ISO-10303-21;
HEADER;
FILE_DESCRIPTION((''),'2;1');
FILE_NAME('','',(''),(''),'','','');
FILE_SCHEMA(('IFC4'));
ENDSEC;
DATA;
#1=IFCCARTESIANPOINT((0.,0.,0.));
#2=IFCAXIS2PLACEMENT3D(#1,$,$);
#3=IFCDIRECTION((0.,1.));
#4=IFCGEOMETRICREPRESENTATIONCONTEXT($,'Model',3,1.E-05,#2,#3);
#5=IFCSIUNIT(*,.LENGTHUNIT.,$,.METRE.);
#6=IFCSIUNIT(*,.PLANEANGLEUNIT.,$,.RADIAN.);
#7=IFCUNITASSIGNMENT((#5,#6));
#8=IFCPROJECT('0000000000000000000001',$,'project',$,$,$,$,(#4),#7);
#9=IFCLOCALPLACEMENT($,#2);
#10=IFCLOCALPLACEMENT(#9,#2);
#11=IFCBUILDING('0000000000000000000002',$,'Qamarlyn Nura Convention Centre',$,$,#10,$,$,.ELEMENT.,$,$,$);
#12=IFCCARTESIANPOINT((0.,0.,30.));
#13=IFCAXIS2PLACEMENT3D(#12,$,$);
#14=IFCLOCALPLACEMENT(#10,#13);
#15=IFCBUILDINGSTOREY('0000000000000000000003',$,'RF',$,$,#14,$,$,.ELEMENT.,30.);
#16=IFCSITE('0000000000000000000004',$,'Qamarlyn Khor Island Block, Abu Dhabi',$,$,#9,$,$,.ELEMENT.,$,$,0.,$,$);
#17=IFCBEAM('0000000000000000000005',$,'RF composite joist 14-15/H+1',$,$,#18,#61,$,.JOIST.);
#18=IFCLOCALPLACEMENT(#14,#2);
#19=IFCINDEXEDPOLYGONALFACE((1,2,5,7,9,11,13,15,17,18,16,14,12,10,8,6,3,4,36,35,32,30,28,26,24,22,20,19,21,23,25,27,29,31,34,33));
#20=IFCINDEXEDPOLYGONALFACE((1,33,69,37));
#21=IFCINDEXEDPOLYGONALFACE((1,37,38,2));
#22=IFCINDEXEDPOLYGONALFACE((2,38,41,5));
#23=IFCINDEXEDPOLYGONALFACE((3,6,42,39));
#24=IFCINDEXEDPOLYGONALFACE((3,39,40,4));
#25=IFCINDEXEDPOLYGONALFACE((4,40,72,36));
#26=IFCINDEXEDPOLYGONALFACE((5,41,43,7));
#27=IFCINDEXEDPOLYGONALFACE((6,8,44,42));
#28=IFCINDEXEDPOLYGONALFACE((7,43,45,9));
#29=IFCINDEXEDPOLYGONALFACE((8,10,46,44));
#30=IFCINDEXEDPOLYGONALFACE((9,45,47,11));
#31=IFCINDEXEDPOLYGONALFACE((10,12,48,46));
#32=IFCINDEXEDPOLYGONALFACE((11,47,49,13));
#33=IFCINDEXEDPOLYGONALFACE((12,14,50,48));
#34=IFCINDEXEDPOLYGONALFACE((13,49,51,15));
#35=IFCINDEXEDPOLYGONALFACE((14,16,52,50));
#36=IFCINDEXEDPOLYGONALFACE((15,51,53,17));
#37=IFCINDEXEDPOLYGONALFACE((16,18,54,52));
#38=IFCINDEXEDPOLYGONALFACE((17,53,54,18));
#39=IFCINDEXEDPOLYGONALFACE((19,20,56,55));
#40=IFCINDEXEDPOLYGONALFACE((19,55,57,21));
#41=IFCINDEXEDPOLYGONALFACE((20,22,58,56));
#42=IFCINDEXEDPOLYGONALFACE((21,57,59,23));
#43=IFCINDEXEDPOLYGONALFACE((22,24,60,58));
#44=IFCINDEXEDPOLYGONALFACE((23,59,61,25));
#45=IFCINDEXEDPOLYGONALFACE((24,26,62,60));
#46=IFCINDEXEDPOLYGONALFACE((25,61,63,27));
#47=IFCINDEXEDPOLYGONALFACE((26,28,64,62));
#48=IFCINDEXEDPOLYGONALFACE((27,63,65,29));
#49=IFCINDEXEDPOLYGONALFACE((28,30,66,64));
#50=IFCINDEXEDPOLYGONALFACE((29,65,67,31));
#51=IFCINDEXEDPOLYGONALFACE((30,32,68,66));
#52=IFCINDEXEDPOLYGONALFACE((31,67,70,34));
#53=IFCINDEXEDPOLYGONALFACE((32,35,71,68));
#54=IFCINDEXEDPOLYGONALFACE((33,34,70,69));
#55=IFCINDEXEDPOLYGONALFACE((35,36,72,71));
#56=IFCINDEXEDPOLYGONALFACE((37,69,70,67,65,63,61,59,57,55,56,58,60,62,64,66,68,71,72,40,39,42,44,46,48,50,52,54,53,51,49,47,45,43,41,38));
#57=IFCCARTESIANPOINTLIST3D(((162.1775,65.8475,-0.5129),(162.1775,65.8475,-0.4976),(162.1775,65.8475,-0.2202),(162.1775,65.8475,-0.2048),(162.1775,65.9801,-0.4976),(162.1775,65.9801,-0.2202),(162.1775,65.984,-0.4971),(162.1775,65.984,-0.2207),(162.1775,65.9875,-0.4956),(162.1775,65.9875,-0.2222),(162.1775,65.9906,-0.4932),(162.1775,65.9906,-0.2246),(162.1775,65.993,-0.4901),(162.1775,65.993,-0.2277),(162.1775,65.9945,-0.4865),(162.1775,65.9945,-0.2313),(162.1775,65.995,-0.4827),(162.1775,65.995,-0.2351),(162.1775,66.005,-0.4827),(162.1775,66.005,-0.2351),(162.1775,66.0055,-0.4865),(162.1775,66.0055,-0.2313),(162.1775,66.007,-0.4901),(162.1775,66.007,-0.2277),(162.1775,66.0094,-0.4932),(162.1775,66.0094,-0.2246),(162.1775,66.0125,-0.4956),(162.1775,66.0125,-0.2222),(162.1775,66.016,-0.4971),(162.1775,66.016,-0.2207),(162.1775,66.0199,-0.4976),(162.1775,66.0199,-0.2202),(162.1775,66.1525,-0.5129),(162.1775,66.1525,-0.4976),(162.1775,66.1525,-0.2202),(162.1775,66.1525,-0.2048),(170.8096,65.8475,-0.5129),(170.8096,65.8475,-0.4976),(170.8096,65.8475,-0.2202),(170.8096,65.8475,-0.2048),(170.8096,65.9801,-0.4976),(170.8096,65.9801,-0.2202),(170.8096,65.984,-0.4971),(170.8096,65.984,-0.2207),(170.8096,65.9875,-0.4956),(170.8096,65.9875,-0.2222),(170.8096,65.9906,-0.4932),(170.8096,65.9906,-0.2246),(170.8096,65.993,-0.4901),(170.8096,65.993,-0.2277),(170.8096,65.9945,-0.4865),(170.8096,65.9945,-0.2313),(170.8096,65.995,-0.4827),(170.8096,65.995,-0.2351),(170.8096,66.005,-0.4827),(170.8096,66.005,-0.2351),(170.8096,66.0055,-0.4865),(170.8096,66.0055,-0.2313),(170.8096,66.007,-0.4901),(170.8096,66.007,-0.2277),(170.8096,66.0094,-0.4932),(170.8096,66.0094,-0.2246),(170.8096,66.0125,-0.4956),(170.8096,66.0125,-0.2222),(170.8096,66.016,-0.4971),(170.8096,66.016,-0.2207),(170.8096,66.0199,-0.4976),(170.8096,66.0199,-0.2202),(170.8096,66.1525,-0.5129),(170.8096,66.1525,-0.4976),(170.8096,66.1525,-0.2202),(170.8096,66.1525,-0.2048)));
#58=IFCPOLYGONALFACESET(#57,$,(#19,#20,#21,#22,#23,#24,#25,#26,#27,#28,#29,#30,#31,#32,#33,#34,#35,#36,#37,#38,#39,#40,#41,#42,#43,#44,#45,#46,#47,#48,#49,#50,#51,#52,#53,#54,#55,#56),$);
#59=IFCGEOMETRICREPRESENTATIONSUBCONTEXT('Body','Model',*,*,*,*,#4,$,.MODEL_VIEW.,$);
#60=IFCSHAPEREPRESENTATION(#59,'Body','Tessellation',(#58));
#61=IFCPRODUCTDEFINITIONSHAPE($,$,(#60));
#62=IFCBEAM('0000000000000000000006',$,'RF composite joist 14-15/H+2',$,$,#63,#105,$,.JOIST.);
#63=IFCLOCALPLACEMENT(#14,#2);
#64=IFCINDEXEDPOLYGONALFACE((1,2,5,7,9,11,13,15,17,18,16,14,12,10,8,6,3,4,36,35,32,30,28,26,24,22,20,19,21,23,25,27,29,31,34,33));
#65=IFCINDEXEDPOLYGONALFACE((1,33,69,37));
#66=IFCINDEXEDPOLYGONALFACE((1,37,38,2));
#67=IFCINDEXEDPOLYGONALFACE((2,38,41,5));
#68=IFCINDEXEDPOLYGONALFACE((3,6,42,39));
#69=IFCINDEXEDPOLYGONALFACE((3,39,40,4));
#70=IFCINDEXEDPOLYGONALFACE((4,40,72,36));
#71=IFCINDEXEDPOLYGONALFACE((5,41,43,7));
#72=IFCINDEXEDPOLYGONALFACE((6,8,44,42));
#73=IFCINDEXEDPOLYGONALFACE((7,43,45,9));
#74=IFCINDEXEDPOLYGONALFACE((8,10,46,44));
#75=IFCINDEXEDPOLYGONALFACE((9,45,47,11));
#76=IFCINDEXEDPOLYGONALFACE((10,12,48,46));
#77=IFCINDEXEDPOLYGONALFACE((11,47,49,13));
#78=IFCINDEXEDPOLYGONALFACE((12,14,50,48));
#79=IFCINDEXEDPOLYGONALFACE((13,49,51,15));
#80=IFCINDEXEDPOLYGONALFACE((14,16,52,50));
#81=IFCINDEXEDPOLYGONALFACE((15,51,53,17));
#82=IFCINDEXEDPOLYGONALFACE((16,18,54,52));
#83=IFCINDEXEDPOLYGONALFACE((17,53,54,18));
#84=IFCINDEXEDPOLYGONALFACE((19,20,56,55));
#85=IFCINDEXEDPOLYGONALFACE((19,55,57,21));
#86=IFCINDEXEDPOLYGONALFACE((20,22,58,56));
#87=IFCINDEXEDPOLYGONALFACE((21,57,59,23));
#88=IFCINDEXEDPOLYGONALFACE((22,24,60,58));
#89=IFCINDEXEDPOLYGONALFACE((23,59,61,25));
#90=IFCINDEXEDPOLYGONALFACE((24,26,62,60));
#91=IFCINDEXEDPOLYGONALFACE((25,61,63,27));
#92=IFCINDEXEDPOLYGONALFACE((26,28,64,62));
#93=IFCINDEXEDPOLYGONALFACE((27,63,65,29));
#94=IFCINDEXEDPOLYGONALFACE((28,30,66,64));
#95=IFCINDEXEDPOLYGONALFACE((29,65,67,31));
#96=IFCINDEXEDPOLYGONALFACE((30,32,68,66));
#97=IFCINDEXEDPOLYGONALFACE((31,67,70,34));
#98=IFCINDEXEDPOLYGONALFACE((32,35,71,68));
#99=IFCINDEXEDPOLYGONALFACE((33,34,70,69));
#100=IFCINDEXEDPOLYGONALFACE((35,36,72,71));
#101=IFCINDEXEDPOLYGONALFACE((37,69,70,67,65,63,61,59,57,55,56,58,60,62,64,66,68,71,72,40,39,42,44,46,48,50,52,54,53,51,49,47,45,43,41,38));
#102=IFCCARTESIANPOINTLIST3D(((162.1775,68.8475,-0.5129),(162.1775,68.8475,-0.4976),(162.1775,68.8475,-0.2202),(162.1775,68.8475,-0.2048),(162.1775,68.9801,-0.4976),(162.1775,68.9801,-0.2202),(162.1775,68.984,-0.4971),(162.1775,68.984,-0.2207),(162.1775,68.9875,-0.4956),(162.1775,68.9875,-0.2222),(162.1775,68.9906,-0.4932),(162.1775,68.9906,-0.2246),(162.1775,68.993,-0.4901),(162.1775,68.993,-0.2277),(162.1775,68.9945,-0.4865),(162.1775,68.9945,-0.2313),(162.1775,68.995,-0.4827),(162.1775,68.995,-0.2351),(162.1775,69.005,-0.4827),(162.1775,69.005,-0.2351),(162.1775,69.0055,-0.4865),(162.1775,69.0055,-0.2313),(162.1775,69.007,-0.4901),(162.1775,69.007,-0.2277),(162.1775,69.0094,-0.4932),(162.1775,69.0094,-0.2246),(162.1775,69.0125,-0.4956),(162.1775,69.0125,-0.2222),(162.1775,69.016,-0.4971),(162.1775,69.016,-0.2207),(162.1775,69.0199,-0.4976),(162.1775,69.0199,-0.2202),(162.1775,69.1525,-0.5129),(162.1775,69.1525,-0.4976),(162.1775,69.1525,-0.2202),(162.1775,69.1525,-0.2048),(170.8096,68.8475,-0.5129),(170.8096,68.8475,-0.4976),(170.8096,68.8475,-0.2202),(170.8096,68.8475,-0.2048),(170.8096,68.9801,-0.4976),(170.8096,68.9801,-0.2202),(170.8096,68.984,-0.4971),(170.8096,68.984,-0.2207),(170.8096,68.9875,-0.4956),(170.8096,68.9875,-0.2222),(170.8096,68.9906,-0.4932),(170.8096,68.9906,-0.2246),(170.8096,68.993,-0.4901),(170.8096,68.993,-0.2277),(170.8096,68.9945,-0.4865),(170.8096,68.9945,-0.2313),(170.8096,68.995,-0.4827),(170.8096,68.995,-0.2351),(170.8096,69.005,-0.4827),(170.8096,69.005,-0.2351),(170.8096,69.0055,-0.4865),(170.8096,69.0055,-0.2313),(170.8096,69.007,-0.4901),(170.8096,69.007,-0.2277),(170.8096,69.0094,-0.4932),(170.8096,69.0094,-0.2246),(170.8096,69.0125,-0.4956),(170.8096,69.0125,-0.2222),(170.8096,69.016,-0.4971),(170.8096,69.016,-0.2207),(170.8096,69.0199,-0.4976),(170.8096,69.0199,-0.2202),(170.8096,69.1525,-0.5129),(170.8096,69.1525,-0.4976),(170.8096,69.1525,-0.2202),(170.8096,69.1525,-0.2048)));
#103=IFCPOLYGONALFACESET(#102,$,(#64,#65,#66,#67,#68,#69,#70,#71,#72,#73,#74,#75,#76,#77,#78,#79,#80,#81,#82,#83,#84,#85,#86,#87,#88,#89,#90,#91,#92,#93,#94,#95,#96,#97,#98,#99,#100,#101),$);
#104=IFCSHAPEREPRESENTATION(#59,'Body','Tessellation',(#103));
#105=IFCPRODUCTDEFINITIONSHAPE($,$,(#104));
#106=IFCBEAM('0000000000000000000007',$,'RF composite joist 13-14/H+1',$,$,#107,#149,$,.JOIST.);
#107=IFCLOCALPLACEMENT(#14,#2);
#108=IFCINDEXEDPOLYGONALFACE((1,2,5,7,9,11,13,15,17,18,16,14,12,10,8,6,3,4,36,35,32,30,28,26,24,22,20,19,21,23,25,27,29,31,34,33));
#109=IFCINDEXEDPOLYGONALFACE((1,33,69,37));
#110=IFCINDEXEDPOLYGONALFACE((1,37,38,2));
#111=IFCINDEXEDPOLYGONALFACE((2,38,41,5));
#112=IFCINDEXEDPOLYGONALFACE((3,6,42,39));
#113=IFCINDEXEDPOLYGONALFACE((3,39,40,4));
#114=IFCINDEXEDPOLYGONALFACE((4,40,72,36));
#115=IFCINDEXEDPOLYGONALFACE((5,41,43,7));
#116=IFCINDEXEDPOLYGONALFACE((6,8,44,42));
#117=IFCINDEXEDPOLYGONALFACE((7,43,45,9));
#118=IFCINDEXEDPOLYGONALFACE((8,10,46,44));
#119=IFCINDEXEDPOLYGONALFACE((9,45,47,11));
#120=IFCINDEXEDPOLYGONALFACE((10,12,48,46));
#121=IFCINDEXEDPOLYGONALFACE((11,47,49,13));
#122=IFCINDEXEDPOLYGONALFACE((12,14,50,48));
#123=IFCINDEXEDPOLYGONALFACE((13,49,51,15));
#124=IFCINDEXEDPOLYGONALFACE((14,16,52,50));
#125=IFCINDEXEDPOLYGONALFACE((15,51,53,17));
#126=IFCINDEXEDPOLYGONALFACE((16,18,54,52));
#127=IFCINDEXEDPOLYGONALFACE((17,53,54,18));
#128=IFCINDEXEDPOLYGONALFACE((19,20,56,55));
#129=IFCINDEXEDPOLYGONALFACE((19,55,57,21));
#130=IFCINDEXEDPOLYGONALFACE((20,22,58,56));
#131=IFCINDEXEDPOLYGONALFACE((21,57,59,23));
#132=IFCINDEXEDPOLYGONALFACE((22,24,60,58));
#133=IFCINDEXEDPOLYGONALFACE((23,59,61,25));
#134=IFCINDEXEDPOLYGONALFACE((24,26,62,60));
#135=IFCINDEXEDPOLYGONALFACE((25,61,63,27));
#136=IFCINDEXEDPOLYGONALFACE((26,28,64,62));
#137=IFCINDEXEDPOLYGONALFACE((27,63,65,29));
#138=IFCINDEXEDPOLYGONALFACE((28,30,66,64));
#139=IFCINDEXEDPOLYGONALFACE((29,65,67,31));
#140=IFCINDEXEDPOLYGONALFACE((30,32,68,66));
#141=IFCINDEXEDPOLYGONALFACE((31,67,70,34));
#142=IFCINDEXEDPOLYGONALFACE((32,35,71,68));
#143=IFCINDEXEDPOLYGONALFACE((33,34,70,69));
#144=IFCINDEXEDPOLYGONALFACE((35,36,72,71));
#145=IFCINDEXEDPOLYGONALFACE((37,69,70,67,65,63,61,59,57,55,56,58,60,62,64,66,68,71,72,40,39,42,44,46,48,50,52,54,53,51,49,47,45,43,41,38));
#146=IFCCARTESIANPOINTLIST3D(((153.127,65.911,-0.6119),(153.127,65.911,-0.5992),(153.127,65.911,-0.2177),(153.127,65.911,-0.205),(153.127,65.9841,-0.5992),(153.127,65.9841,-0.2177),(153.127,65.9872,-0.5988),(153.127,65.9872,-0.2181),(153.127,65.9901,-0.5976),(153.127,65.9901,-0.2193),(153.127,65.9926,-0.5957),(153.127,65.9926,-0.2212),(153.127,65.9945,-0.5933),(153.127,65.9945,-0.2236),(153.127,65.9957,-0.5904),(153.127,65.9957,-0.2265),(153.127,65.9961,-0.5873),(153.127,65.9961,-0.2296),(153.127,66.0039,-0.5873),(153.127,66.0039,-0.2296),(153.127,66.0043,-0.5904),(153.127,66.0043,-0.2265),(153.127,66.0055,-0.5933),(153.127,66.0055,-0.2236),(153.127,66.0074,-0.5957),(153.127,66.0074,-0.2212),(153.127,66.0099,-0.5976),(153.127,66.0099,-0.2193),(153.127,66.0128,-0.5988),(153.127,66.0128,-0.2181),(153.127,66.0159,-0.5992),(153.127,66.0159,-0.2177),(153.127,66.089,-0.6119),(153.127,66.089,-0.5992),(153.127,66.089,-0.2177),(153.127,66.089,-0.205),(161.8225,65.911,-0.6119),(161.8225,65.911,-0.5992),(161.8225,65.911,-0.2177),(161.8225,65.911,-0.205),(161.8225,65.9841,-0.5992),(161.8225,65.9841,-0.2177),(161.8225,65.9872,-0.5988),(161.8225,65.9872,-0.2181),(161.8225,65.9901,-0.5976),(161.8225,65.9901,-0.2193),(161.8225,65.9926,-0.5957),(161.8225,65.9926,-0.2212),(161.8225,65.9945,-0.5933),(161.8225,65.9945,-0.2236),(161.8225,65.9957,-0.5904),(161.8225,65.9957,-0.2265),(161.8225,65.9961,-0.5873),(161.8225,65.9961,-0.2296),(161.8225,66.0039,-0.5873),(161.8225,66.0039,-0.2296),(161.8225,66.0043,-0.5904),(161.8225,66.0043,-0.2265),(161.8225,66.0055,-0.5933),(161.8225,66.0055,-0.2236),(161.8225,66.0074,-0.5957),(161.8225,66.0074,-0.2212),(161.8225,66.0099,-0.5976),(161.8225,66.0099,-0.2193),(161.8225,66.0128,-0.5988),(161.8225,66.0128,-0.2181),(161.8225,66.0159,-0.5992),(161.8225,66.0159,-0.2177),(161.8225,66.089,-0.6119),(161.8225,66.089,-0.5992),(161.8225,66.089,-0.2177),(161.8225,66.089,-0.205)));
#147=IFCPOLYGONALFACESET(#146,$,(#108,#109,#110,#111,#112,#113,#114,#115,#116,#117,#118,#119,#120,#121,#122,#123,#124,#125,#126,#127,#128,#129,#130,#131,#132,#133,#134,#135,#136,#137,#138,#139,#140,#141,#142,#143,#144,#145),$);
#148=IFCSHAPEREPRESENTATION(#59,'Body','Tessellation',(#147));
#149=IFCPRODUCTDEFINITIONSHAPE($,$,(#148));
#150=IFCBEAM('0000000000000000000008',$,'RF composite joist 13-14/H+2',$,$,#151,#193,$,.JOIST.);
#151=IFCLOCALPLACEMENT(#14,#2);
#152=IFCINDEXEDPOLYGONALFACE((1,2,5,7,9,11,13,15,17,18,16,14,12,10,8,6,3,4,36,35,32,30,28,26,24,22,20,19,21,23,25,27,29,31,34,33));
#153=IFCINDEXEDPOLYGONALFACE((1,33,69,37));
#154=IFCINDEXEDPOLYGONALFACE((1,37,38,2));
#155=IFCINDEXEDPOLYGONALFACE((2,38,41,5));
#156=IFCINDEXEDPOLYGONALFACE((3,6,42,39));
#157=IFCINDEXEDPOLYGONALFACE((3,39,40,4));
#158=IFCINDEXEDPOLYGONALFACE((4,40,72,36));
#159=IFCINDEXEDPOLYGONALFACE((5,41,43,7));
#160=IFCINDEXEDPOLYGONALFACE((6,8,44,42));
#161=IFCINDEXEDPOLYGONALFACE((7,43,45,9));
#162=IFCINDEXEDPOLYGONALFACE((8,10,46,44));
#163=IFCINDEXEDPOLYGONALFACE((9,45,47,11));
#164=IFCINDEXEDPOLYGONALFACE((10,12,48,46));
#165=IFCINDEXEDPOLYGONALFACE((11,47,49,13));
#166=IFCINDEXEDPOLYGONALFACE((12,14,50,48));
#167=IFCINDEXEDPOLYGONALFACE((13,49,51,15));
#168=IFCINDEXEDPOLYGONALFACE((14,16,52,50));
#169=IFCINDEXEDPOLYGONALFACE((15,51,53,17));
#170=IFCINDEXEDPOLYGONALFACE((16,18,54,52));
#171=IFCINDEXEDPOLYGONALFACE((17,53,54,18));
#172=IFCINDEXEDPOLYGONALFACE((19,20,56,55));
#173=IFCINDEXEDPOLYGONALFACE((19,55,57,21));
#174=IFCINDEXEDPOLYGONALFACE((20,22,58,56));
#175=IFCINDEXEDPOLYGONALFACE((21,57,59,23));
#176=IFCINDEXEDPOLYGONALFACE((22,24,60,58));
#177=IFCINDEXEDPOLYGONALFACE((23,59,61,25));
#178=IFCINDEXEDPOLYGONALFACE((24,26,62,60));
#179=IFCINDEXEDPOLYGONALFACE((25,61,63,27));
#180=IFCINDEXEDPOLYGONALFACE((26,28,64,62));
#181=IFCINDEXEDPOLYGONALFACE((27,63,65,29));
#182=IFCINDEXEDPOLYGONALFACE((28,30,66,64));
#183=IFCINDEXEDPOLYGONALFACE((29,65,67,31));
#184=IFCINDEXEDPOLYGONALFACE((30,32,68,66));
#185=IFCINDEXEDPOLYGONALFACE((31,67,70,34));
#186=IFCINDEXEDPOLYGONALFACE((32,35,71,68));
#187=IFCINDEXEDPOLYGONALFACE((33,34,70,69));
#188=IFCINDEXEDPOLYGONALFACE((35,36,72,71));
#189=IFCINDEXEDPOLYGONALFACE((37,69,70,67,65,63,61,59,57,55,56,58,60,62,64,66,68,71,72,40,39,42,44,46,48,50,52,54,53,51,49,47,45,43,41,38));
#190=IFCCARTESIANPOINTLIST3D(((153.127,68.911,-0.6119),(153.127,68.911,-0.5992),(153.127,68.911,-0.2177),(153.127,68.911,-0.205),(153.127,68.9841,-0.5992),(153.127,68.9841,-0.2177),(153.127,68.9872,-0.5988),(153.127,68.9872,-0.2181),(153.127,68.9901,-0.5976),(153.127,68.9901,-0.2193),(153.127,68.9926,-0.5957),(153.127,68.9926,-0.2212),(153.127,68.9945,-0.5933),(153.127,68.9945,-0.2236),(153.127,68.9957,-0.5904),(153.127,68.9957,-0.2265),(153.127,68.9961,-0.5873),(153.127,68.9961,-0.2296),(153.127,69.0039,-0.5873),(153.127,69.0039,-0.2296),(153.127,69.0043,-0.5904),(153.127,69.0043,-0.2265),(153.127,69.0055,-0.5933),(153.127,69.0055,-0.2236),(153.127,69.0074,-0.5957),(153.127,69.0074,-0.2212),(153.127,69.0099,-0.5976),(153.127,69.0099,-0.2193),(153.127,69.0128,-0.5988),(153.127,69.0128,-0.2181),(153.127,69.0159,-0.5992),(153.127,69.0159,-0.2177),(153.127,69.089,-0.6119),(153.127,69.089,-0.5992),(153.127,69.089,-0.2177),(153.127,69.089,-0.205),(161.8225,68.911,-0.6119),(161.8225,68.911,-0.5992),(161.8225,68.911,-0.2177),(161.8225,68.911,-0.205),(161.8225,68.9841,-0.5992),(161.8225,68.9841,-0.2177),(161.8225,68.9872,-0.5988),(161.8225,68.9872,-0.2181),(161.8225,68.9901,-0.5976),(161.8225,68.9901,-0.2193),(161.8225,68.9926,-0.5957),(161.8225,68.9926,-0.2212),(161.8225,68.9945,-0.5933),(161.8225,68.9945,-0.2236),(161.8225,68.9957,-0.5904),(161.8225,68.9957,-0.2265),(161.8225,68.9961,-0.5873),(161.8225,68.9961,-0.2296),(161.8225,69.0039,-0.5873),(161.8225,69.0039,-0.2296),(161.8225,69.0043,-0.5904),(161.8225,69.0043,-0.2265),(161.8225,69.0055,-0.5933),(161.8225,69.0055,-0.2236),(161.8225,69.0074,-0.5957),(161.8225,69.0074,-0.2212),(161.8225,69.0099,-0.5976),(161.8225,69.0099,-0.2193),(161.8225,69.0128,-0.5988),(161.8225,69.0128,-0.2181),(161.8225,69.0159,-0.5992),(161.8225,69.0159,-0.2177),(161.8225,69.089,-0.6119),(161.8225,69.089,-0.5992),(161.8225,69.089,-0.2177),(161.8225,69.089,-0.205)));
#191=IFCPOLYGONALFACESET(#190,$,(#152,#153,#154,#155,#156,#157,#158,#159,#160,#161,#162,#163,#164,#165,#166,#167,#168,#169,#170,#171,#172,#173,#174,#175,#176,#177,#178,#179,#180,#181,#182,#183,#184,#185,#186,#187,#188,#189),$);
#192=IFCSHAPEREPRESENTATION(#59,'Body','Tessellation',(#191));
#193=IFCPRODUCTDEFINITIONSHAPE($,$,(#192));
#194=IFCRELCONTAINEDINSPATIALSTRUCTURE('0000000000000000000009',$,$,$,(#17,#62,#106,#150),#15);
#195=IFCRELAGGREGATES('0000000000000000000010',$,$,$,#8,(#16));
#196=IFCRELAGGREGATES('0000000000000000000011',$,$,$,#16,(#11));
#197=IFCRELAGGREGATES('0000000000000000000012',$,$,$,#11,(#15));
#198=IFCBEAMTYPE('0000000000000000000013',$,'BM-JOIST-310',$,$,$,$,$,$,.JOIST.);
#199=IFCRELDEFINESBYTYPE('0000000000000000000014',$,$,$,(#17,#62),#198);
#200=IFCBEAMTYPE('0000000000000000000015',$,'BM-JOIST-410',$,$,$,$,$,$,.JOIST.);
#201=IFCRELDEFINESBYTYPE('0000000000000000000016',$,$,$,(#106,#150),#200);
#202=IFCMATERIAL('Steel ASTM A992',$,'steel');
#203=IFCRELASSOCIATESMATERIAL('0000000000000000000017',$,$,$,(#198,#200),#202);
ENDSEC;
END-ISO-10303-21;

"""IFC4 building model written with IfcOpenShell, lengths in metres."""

from ifc_helpers import new_model, si_unit, direction, frame, origin, origin_2d, place, context, subcontext, project, spatial, i_section, extrude, material, material_profile, profile_set, type_object, element, save


model = new_model("IFC4")

# Units and contexts
model_context = context("Model", 3, precision=1e-05, world=origin(), true_north=direction((0.0, 1.0)))
body_context = subcontext(model_context, "Body", "Model", "MODEL_VIEW")
ifc_project = project(units=[si_unit("LENGTHUNIT", "METRE"), si_unit("PLANEANGLEUNIT", "RADIAN")], contexts=[model_context])

# Site, building, storey
site_placement = place(None, origin())
site = spatial("IfcSite", under=ifc_project, at=site_placement, Name="Qamarlyn Khor Island Block, Abu Dhabi", CompositionType="ELEMENT", RefElevation=0.0)
building_placement = place(site_placement, origin())
building = spatial("IfcBuilding", under=site, at=building_placement, Name="Qamarlyn Nura Convention Centre", CompositionType="ELEMENT")
storey_placement = place(building_placement, frame((0.0, 0.0, 30.0)))
storey = spatial("IfcBuildingStorey", under=building, at=storey_placement, Name="RF", CompositionType="ELEMENT", Elevation=30.0)

# Beams
ifc_material_1 = material(Name="Steel ASTM A992", Category="steel")
ifc_material_profile_1 = material_profile(ifc_material_1, i_section(OverallWidth=0.3049, OverallDepth=0.3081, WebThickness=0.01, FlangeThickness=0.0154, FilletRadius=0.0149, at=origin_2d()), Name="W310X97")
ifc_profile_set_1 = profile_set([ifc_material_profile_1], Name="Steel ASTM A992")
beam_type_1 = type_object("IfcBeamType", Name="BM-JOIST-310", PredefinedType="JOIST", material=ifc_profile_set_1)
for number, where, z_axis, x_axis, name in (
    (1, (162.1775, 66.0, -0.3589), (1.0, 0.0, 0.0), (0.0, 1.0, 0.0), "RF composite joist 14-15/H+1"),
    (2, (162.1775, 69.0, -0.3589), (1.0, 0.0, 0.0), (0.0, 1.0, 0.0), "RF composite joist 14-15/H+2"),
):
    element("IfcBeam", number, at=place(storey_placement, frame(where, z_axis=z_axis, x_axis=x_axis)), inside=storey, type_object=beam_type_1, Name=name, PredefinedType="JOIST", context=body_context, shape_type="SweptSolid", body=[
        extrude(i_section(OverallWidth=0.3049, OverallDepth=0.3081, WebThickness=0.01, FlangeThickness=0.0154, FilletRadius=0.0149, at=origin_2d()), origin(), (0.0, 0.0, 1.0), 8.6321),
    ])
ifc_material_profile_2 = material_profile(ifc_material_1, i_section(OverallWidth=0.178, OverallDepth=0.407, WebThickness=0.0078, FlangeThickness=0.0127, FilletRadius=0.012, at=origin_2d()), Name="W410X60")
ifc_profile_set_2 = profile_set([ifc_material_profile_2], Name="Steel ASTM A992")
beam_type_2 = type_object("IfcBeamType", Name="BM-JOIST-410", PredefinedType="JOIST", material=ifc_profile_set_2)
for number, where, z_axis, x_axis, name in (
    (3, (153.127, 66.0, -0.4084), (1.0, 0.0, 0.0), (0.0, 1.0, 0.0), "RF composite joist 13-14/H+1"),
    (4, (153.127, 69.0, -0.4084), (1.0, 0.0, 0.0), (0.0, 1.0, 0.0), "RF composite joist 13-14/H+2"),
):
    element("IfcBeam", number, at=place(storey_placement, frame(where, z_axis=z_axis, x_axis=x_axis)), inside=storey, type_object=beam_type_2, Name=name, PredefinedType="JOIST", context=body_context, shape_type="SweptSolid", body=[
        extrude(i_section(OverallWidth=0.178, OverallDepth=0.407, WebThickness=0.0078, FlangeThickness=0.0127, FilletRadius=0.012, at=origin_2d()), origin(), (0.0, 0.0, 1.0), 8.6956),
    ])

save(model, "model.ifc")
